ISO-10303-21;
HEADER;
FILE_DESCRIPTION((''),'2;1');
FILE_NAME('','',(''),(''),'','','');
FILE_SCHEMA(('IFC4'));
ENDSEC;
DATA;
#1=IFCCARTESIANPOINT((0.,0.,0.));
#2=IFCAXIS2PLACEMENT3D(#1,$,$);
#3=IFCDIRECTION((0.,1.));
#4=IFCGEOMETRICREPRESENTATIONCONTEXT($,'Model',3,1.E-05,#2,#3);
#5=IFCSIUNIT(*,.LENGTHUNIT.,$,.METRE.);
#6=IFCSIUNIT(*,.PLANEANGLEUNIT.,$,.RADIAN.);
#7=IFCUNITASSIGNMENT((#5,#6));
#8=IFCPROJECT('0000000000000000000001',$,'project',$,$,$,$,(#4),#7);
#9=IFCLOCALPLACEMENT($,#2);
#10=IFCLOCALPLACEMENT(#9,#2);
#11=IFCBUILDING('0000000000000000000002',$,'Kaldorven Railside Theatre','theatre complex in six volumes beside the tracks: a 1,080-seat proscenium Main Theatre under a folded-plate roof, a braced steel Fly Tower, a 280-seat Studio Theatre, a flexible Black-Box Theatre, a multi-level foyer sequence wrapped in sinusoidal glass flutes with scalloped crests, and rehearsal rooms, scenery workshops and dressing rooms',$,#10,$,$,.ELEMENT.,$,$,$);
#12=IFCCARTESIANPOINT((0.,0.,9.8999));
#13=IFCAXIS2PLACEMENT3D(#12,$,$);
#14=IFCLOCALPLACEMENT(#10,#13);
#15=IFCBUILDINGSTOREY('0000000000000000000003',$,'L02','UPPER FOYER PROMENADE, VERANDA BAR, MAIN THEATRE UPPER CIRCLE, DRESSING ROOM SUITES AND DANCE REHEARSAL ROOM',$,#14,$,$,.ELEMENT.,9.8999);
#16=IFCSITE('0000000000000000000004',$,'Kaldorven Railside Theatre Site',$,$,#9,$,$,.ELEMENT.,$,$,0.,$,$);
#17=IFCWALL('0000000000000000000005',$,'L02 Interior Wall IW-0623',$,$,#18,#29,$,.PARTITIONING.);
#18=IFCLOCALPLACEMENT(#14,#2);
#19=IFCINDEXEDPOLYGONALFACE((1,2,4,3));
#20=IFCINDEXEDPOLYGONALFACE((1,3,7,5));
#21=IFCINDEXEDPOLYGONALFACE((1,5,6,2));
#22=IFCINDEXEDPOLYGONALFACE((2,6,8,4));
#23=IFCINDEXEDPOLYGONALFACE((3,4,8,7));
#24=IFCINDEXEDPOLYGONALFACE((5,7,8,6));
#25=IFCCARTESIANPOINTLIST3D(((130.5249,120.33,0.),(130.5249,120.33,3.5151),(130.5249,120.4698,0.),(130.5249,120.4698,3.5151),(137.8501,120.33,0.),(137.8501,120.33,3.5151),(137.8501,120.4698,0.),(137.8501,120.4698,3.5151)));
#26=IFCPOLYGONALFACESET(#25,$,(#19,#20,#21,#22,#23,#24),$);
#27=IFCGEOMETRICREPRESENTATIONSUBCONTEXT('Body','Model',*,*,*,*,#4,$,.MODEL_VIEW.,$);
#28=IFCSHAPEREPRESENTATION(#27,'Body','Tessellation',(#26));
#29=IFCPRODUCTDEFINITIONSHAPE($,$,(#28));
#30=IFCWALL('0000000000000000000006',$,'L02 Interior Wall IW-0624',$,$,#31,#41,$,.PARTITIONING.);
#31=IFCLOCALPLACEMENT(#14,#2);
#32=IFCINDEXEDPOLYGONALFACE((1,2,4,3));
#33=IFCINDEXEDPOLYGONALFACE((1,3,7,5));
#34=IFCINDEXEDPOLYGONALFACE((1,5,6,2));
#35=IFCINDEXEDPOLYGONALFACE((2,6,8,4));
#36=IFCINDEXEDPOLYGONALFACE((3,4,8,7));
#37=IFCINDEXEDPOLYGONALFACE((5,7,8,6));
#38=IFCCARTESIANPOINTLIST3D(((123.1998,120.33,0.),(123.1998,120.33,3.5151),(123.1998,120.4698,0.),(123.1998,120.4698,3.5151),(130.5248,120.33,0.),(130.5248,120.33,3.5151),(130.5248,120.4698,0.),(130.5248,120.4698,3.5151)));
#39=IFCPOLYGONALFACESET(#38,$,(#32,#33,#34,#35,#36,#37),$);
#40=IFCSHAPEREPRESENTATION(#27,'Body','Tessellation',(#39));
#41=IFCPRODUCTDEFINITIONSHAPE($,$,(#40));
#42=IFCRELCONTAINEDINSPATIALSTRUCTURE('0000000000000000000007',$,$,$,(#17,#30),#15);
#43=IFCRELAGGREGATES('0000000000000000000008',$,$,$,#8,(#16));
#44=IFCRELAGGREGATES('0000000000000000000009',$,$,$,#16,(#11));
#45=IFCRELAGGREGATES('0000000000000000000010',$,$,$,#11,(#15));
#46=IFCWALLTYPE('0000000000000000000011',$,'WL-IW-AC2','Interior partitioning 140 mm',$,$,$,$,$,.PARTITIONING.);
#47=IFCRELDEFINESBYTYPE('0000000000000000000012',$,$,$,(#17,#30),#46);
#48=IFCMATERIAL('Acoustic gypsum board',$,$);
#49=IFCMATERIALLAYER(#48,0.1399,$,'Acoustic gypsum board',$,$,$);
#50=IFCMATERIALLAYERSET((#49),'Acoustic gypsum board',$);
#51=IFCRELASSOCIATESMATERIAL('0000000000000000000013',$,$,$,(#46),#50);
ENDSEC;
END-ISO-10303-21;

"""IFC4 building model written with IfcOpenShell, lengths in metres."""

from ifc_helpers import new_model, si_unit, direction, frame, frame_2d, origin, place, context, subcontext, project, spatial, rectangle, extrude, material, layer, layer_set, type_object, element, save


model = new_model("IFC4")

# Units and contexts
model_context = context("Model", 3, precision=1e-05, world=origin(), true_north=direction((0.0, 1.0)))
body_context = subcontext(model_context, "Body", "Model", "MODEL_VIEW")
ifc_project = project(units=[si_unit("LENGTHUNIT", "METRE"), si_unit("PLANEANGLEUNIT", "RADIAN")], contexts=[model_context])

# Site, building, storey
site_placement = place(None, origin())
site = spatial("IfcSite", under=ifc_project, at=site_placement, Name="Kaldorven Railside Theatre Site", CompositionType="ELEMENT", RefElevation=0.0)
building_placement = place(site_placement, origin())
building = spatial("IfcBuilding", under=site, at=building_placement, Name="Kaldorven Railside Theatre", Description="theatre complex in six volumes beside the tracks: a 1,080-seat proscenium Main Theatre under a folded-plate roof, a braced steel Fly Tower, a 280-seat Studio Theatre, a flexible Black-Box Theatre, a multi-level foyer sequence wrapped in sinusoidal glass flutes with scalloped crests, and rehearsal rooms, scenery workshops and dressing rooms", CompositionType="ELEMENT")
storey_placement = place(building_placement, frame((0.0, 0.0, 9.8999)))
storey = spatial("IfcBuildingStorey", under=building, at=storey_placement, Name="L02", Description="UPPER FOYER PROMENADE, VERANDA BAR, MAIN THEATRE UPPER CIRCLE, DRESSING ROOM SUITES AND DANCE REHEARSAL ROOM", CompositionType="ELEMENT", Elevation=9.8999)

# Walls
ifc_material_1 = material(Name="Acoustic gypsum board")
ifc_layer_1 = layer(ifc_material_1, 0.1399, Name="Acoustic gypsum board")
ifc_layer_set_1 = layer_set([ifc_layer_1], Name="Acoustic gypsum board")
wall_type_1 = type_object("IfcWallType", Name="WL-IW-AC2", Description="Interior partitioning 140 mm", PredefinedType="PARTITIONING", material=ifc_layer_set_1)
wall_1_placement = place(storey_placement, frame((137.8501, 120.3999, 0.0), z_axis=(0.0, 0.0, 1.0), x_axis=(-1.0, 0.0, 0.0)))
element("IfcWall", 1, at=wall_1_placement, inside=storey, type_object=wall_type_1, Name="L02 Interior Wall IW-0623", PredefinedType="PARTITIONING", context=body_context, shape_type="SweptSolid", body=[
    extrude(rectangle(XDim=7.3252, YDim=0.1399, at=frame_2d((3.6626, 0.0))), origin(), (0.0, 0.0, 1.0), 3.5151),
])
wall_2_placement = place(storey_placement, frame((130.5249, 120.3999, 0.0), z_axis=(0.0, 0.0, 1.0), x_axis=(-1.0, 0.0, 0.0)))
element("IfcWall", 2, at=wall_2_placement, inside=storey, type_object=wall_type_1, Name="L02 Interior Wall IW-0624", PredefinedType="PARTITIONING", context=body_context, shape_type="SweptSolid", body=[
    extrude(rectangle(XDim=7.325, YDim=0.1399, at=frame_2d((3.6626, 0.0))), origin(), (0.0, 0.0, 1.0), 3.5151),
])

save(model, "model.ifc")
